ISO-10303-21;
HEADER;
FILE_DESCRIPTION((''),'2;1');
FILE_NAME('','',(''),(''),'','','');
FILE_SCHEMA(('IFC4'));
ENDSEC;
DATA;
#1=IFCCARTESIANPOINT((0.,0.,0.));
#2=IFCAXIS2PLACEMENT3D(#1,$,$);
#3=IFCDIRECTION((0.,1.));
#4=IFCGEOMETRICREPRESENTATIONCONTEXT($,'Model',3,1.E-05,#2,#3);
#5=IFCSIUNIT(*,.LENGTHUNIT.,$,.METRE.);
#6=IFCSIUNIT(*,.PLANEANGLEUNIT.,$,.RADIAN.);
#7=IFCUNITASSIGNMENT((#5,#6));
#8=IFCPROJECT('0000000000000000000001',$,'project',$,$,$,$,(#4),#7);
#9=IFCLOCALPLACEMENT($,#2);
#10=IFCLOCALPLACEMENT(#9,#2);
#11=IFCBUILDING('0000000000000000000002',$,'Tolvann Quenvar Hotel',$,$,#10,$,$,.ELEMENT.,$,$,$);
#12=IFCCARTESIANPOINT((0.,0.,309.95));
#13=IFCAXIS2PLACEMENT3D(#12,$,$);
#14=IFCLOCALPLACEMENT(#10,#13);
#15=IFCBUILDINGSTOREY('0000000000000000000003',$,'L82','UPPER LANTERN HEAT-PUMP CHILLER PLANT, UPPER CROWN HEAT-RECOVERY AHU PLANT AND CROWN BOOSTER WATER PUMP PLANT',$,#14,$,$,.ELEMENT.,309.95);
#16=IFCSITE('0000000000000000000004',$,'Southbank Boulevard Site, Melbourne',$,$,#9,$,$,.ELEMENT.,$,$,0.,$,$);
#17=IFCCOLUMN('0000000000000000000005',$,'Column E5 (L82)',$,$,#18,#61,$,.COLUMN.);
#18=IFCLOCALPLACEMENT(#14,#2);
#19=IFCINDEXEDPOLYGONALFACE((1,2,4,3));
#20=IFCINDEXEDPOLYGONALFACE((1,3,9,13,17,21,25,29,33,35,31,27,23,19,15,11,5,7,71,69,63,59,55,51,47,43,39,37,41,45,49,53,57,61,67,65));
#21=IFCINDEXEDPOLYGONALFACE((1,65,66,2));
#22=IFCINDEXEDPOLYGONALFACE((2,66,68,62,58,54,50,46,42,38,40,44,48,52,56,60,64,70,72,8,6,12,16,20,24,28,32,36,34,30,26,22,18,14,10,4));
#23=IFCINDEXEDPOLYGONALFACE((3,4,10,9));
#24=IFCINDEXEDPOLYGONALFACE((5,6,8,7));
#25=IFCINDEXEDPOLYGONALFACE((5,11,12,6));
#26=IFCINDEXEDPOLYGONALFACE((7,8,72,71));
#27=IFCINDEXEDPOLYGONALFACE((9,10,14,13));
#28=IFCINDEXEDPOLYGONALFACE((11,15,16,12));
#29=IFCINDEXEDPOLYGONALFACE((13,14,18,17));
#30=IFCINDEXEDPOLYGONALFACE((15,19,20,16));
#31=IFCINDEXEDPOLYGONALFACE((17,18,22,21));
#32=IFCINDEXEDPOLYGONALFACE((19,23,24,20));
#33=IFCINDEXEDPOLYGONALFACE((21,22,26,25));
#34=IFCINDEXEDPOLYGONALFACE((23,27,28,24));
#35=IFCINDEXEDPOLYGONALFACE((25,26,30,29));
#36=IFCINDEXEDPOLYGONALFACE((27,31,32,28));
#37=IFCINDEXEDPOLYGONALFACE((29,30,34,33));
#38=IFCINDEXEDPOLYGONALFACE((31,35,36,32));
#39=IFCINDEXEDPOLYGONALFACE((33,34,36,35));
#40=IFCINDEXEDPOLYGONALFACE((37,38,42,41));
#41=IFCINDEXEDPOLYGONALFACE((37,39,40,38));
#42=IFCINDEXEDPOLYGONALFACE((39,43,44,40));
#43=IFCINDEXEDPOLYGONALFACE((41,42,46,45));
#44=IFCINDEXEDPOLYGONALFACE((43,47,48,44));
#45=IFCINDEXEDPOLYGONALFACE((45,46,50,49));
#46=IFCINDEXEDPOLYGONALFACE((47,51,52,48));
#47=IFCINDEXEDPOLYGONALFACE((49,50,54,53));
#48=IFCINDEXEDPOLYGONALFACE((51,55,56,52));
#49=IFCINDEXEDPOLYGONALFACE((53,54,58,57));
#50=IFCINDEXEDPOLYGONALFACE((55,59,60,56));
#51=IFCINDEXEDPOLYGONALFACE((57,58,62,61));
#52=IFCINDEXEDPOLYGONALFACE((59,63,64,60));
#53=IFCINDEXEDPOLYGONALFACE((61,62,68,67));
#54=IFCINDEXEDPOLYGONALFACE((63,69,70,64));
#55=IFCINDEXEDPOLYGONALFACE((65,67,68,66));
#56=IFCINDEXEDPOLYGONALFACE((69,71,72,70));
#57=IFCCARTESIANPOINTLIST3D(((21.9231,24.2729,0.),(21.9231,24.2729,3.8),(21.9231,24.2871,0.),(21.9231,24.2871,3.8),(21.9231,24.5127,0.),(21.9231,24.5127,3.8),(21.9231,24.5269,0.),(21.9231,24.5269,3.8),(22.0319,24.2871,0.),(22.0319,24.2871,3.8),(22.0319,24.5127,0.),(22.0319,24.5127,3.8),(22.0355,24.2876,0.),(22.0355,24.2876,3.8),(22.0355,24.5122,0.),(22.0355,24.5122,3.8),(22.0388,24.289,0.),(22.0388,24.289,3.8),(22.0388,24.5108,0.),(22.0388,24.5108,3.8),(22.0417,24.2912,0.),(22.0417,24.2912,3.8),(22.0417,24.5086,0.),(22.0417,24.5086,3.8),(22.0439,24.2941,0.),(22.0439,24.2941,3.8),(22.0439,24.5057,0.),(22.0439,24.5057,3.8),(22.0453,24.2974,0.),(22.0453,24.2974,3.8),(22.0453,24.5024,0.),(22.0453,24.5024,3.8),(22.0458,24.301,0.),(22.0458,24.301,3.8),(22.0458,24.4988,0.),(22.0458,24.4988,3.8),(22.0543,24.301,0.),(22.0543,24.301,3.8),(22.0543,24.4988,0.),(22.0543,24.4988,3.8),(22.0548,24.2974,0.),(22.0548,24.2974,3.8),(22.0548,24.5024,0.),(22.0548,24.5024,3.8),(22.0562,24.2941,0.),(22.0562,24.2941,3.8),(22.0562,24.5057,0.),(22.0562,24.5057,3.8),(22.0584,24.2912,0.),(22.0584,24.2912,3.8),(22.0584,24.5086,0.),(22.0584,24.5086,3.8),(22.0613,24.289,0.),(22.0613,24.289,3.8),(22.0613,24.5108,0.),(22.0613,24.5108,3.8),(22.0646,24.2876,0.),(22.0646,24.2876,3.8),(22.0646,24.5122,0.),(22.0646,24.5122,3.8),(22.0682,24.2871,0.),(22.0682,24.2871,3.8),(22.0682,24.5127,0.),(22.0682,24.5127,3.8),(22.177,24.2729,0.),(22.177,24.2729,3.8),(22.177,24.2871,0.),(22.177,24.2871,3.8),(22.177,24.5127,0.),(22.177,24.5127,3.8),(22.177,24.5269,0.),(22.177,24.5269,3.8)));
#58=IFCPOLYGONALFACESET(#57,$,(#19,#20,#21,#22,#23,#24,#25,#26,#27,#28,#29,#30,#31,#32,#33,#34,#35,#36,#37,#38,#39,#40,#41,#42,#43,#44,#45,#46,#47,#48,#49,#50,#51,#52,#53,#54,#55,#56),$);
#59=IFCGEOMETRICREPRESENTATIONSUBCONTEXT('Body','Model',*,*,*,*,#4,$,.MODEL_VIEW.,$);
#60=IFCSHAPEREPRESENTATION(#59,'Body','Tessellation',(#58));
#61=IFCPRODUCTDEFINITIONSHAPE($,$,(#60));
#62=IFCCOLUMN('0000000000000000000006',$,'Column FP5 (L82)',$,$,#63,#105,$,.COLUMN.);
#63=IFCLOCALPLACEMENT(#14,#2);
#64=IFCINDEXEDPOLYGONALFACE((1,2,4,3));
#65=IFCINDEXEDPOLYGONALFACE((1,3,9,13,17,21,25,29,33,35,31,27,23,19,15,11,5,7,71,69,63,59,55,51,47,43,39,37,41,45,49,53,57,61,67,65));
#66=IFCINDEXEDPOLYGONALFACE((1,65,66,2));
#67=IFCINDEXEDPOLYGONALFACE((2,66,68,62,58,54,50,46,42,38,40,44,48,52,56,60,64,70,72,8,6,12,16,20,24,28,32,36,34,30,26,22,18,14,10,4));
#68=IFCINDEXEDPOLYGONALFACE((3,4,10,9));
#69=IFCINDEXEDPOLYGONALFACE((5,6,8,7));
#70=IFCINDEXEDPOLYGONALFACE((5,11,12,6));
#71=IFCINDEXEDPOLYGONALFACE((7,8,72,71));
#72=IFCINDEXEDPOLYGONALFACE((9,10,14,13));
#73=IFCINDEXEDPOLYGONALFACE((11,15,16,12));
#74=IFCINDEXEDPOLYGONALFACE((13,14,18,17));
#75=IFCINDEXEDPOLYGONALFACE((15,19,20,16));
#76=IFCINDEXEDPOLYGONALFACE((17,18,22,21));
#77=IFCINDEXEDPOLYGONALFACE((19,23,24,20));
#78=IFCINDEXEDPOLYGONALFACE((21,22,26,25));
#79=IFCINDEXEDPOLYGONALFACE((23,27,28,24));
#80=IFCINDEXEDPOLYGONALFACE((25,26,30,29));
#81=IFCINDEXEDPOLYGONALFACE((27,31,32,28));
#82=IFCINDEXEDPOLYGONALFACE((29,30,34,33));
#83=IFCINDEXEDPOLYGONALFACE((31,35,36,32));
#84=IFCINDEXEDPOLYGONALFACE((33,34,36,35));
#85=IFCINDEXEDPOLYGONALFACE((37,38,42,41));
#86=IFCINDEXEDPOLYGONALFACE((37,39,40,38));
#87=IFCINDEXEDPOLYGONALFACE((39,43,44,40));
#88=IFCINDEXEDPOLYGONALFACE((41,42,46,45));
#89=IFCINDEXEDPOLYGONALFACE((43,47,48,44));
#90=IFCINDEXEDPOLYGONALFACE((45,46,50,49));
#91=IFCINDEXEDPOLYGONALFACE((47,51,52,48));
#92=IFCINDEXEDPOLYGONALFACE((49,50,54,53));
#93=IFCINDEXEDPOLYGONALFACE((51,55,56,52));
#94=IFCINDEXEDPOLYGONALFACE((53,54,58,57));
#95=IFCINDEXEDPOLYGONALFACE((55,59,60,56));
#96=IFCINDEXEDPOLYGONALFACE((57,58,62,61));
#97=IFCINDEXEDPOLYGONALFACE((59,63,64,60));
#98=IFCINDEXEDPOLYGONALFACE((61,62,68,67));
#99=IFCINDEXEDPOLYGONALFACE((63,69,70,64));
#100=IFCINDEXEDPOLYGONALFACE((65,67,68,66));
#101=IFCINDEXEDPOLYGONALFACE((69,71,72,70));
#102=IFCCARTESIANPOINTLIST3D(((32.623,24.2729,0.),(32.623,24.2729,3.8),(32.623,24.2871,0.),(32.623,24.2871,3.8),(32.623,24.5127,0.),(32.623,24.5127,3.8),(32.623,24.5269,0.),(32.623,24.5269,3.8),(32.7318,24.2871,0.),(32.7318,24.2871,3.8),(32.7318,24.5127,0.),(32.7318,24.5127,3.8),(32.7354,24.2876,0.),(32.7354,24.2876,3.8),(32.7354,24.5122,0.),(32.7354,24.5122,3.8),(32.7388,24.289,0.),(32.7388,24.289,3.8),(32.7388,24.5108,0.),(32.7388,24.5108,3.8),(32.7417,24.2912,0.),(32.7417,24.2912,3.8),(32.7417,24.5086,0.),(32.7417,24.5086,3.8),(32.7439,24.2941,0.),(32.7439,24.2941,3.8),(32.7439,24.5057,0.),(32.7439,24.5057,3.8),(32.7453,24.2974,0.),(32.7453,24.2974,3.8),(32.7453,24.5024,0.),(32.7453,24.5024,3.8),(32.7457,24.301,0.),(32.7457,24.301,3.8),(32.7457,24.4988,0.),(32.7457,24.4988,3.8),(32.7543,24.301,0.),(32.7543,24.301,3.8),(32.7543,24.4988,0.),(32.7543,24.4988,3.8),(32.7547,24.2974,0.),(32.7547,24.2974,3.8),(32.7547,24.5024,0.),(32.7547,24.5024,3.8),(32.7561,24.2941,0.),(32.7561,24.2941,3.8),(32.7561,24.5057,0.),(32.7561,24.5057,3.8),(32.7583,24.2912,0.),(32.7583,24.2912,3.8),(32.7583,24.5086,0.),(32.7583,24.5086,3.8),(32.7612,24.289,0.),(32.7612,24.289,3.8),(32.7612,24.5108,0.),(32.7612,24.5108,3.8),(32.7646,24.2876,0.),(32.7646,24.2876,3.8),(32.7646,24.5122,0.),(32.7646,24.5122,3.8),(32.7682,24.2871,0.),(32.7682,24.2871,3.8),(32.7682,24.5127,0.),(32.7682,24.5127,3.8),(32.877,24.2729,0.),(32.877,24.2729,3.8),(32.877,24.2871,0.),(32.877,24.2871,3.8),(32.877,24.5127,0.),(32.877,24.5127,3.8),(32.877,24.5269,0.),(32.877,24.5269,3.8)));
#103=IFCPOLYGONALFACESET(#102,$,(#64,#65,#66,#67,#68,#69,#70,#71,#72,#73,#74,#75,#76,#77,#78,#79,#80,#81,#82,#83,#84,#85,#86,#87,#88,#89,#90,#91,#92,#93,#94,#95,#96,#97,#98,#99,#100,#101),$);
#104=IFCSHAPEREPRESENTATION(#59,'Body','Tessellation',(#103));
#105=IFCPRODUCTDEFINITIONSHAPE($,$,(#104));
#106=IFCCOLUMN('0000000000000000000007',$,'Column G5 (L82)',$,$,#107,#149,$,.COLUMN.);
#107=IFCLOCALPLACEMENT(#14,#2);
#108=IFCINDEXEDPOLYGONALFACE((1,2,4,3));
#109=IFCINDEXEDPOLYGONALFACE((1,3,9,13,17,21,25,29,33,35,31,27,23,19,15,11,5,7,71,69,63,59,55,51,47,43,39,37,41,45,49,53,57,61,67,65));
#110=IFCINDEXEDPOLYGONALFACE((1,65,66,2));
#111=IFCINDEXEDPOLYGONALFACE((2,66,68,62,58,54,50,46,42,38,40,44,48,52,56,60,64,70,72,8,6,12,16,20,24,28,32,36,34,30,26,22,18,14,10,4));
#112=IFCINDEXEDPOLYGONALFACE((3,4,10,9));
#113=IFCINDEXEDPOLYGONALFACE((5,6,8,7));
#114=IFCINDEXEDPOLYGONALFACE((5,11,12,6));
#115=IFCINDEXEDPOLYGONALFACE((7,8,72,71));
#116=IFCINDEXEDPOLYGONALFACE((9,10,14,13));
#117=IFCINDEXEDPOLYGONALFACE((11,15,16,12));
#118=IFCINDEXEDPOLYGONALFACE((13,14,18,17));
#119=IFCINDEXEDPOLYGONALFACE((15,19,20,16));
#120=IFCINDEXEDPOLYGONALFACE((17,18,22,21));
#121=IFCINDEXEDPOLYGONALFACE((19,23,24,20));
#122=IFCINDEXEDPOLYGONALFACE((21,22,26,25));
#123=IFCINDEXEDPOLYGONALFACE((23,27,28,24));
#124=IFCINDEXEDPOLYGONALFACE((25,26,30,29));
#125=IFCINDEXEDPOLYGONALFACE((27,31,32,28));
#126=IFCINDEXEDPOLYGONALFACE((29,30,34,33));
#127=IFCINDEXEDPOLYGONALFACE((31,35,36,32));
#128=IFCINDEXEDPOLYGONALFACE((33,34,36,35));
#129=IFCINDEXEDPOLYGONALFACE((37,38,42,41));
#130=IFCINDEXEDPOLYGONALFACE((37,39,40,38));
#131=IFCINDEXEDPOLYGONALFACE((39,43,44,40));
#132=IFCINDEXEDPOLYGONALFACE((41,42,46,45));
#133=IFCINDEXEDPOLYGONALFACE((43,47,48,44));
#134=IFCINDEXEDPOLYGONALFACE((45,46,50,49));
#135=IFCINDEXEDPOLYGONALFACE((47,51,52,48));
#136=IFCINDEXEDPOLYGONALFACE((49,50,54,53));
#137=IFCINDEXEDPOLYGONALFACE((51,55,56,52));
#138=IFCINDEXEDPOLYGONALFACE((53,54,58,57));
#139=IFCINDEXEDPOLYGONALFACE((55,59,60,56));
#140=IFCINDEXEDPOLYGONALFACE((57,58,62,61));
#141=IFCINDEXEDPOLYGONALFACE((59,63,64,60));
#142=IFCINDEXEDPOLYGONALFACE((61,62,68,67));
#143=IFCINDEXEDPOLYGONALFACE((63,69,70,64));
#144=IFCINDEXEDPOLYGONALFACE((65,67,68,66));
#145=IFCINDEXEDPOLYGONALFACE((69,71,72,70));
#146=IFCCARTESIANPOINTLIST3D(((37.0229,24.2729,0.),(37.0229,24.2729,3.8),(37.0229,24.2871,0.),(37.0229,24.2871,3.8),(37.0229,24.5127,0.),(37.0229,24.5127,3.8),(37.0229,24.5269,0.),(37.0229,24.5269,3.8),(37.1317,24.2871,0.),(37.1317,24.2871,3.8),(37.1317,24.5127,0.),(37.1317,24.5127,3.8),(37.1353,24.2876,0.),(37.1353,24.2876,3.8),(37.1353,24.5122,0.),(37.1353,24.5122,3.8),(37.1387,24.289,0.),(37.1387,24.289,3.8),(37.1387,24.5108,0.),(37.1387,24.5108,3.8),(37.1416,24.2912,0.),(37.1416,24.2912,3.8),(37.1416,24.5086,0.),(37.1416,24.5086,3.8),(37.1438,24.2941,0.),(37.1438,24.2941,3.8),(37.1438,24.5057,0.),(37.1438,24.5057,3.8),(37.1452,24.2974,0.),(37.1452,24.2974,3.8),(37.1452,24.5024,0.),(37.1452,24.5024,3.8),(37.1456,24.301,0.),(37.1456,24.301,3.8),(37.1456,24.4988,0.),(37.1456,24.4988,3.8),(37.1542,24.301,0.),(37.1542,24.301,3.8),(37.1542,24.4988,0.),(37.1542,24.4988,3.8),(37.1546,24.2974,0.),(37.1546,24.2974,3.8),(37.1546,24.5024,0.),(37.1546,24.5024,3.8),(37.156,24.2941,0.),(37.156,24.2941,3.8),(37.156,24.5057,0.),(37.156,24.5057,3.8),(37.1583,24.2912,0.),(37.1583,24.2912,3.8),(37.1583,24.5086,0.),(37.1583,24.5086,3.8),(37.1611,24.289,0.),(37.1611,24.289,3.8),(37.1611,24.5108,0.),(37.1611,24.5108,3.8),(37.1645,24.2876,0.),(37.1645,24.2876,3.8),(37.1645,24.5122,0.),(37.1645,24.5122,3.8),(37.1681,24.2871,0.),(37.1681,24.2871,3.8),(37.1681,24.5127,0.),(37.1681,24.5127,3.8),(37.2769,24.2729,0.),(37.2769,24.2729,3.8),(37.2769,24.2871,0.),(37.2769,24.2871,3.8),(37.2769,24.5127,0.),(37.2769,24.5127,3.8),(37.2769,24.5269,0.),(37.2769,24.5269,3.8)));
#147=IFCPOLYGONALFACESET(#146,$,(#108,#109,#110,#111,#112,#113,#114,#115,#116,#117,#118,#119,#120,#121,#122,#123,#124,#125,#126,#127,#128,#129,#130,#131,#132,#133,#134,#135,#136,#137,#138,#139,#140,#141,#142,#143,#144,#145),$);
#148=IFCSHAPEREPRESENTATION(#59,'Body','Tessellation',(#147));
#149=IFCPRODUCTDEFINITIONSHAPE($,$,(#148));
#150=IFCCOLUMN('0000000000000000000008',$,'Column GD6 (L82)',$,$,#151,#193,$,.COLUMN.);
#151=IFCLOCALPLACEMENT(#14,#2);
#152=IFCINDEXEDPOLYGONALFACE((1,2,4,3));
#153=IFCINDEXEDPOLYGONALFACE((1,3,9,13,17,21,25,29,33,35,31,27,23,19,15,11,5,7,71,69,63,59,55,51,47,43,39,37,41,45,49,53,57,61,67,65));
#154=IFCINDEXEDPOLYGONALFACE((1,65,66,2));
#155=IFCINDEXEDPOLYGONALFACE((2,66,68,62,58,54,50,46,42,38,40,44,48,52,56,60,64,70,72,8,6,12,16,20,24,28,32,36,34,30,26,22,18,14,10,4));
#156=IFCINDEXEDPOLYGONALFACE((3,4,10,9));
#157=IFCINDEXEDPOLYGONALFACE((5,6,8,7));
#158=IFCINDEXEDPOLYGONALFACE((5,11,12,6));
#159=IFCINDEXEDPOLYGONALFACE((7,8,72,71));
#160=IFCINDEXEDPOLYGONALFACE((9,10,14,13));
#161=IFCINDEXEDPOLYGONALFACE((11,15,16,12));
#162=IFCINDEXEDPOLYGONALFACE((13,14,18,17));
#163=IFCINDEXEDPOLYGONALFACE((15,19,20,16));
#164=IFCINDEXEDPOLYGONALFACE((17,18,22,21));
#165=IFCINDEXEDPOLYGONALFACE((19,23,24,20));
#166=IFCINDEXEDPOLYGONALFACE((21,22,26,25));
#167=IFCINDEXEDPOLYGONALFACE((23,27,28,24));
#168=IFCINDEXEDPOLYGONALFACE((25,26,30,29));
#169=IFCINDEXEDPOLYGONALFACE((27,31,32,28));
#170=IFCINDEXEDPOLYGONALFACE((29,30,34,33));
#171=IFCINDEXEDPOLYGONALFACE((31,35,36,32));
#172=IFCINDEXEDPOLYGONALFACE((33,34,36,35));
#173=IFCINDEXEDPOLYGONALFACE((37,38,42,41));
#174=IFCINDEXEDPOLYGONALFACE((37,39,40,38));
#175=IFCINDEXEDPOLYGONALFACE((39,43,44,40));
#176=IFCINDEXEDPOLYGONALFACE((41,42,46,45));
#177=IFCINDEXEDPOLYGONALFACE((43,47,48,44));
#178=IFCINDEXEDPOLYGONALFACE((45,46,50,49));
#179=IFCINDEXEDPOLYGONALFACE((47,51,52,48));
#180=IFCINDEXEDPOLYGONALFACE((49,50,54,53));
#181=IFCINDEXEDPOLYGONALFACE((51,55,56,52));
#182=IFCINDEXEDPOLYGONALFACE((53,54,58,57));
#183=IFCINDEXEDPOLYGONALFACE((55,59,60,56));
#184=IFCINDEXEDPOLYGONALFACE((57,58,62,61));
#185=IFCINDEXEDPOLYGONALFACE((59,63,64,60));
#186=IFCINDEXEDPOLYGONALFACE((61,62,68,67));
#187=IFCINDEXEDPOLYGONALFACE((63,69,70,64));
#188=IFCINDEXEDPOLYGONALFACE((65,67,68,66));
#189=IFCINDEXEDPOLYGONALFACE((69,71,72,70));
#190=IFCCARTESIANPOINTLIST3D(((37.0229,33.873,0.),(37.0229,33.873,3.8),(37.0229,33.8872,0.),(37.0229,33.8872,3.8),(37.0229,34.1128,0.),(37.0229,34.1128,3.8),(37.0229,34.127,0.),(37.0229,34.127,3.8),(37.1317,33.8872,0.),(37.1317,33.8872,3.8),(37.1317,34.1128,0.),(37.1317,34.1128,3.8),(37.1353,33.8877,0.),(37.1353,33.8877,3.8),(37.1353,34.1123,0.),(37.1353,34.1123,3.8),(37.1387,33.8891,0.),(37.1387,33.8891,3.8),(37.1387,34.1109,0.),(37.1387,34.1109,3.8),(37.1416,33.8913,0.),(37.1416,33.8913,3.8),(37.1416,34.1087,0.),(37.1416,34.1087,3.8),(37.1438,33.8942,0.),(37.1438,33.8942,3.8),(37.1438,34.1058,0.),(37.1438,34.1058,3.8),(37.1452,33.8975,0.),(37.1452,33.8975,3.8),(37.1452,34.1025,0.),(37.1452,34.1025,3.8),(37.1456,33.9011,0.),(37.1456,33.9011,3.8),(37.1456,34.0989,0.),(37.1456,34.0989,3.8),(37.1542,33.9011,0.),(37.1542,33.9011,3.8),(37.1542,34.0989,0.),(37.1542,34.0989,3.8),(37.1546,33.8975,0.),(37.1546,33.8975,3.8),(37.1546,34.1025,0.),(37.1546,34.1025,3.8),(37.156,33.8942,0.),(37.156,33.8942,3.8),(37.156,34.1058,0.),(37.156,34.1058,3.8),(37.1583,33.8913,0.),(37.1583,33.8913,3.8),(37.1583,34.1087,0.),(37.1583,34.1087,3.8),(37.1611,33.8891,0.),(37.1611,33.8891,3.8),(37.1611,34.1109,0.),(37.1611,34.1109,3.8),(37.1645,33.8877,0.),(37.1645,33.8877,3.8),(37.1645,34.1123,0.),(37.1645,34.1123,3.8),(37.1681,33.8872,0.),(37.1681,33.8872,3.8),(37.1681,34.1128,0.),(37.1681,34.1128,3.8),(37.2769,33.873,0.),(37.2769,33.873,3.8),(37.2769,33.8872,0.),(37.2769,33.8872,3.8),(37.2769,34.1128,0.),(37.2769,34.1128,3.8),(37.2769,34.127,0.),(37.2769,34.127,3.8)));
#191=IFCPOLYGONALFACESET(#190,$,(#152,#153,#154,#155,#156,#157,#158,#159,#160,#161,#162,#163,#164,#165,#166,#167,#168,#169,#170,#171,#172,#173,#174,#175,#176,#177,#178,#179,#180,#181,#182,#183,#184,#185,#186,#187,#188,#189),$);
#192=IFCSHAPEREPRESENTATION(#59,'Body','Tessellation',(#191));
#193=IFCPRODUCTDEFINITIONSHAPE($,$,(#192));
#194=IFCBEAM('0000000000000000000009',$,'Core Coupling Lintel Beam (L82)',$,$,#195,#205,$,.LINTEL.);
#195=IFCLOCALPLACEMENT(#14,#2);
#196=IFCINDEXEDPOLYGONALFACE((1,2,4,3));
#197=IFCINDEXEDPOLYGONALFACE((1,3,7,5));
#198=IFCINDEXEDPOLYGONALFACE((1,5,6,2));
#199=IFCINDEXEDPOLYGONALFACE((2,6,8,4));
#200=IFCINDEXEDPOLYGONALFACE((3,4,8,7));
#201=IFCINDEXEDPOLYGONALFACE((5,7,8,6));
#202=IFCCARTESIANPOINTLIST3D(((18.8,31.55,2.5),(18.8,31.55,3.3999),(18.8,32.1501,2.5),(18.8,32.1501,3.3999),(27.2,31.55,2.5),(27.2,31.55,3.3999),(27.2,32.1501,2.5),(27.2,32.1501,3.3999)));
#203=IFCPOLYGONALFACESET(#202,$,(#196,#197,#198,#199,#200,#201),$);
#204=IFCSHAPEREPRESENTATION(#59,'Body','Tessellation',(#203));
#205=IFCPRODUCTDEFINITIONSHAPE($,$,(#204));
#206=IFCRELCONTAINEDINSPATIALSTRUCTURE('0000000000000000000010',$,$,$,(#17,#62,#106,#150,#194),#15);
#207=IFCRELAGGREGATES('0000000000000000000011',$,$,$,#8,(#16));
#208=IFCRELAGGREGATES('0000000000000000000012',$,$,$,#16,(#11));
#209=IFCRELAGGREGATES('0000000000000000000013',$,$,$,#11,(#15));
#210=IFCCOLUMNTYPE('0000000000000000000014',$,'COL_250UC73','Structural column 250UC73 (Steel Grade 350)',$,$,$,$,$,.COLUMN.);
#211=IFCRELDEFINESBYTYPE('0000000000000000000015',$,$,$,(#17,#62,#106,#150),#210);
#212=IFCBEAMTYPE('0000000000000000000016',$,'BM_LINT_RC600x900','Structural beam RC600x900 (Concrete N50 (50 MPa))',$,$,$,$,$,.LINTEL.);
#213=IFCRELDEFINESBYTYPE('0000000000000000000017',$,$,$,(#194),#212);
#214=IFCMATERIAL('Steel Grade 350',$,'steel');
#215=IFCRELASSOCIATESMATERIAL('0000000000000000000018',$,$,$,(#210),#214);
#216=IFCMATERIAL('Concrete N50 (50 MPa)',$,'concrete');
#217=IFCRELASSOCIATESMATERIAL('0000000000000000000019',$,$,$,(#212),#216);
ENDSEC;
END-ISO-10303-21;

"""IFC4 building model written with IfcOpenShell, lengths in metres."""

from ifc_helpers import new_model, si_unit, direction, frame, origin, origin_2d, place, context, subcontext, project, spatial, rectangle, i_section, extrude, source, transform, mapped, material, material_profile, profile_set, type_object, type_shapes, element, save


model = new_model("IFC4")

# Units and contexts
model_context = context("Model", 3, precision=1e-05, world=origin(), true_north=direction((0.0, 1.0)))
body_context = subcontext(model_context, "Body", "Model", "MODEL_VIEW")
ifc_project = project(units=[si_unit("LENGTHUNIT", "METRE"), si_unit("PLANEANGLEUNIT", "RADIAN")], contexts=[model_context])

# Site, building, storey
site_placement = place(None, origin())
site = spatial("IfcSite", under=ifc_project, at=site_placement, Name="Southbank Boulevard Site, Melbourne", CompositionType="ELEMENT", RefElevation=0.0)
building_placement = place(site_placement, origin())
building = spatial("IfcBuilding", under=site, at=building_placement, Name="Tolvann Quenvar Hotel", CompositionType="ELEMENT")
storey_placement = place(building_placement, frame((0.0, 0.0, 309.95)))
storey = spatial("IfcBuildingStorey", under=building, at=storey_placement, Name="L82", Description="UPPER LANTERN HEAT-PUMP CHILLER PLANT, UPPER CROWN HEAT-RECOVERY AHU PLANT AND CROWN BOOSTER WATER PUMP PLANT", CompositionType="ELEMENT", Elevation=309.95)

# Columns
ifc_material_1 = material(Name="Steel Grade 350", Category="steel")
ifc_material_profile_1 = material_profile(ifc_material_1, i_section(OverallWidth=0.2539, OverallDepth=0.2539, WebThickness=0.0085, FlangeThickness=0.0142, FilletRadius=0.0139, at=origin_2d()), Name="250UC73")
ifc_profile_set_1 = profile_set([ifc_material_profile_1], Name="Steel Grade 350")
column_type = type_object("IfcColumnType", Name="COL_250UC73", Description="Structural column 250UC73 (Steel Grade 350)", PredefinedType="COLUMN", material=ifc_profile_set_1)
shared_shape_1 = source(origin(), body_context, "Body", "SweptSolid", [
    extrude(i_section(OverallWidth=0.2539, OverallDepth=0.2539, WebThickness=0.0085, FlangeThickness=0.0142, FilletRadius=0.0139, at=origin_2d()), origin(), (0.0, 0.0, 1.0), 3.8),
])
type_shapes(column_type, [shared_shape_1])
for number, where, z_axis, x_axis, name in (
    (1, (22.05, 24.3999, 0.0), (0.0, 0.0, 1.0), (1.0, 0.0, 0.0), "Column E5 (L82)"),
    (2, (32.75, 24.3999, 0.0), (0.0, 0.0, 1.0), (1.0, 0.0, 0.0), "Column FP5 (L82)"),
    (3, (37.1499, 24.3999, 0.0), (0.0, 0.0, 1.0), (1.0, 0.0, 0.0), "Column G5 (L82)"),
    (4, (37.1499, 34.0, 0.0), (0.0, 0.0, 1.0), (1.0, 0.0, 0.0), "Column GD6 (L82)"),
):
    element("IfcColumn", number, at=place(storey_placement, frame(where, z_axis=z_axis, x_axis=x_axis)), inside=storey, type_object=column_type, Name=name, PredefinedType="COLUMN", context=body_context, shape_type="MappedRepresentation", body=[
        mapped(shared_shape_1, transform((0.0, 0.0, 0.0), x_axis=(1.0, 0.0, 0.0), y_axis=(0.0, 1.0, 0.0), z_axis=(0.0, 0.0, 1.0), scale=1.0)),
    ])

# Beam
ifc_material_2 = material(Name="Concrete N50 (50 MPa)", Category="concrete")
ifc_material_profile_2 = material_profile(ifc_material_2, rectangle(XDim=0.6001, YDim=0.8999, at=origin_2d()), Name="RC600x900")
ifc_profile_set_2 = profile_set([ifc_material_profile_2], Name="Concrete N50 (50 MPa)")
beam_type_1 = type_object("IfcBeamType", Name="BM_LINT_RC600x900", Description="Structural beam RC600x900 (Concrete N50 (50 MPa))", PredefinedType="LINTEL", material=ifc_profile_set_2)
shared_shape_2 = source(origin(), body_context, "Body", "SweptSolid", [
    extrude(rectangle(XDim=0.6001, YDim=0.8999, at=origin_2d()), origin(), (0.0, 0.0, 1.0), 8.3999),
])
type_shapes(beam_type_1, [shared_shape_2])
beam_1_placement = place(storey_placement, frame((18.8, 31.8501, 2.95), z_axis=(1.0, 0.0, 0.0), x_axis=(0.0, 1.0, 0.0)))
element("IfcBeam", 5, at=beam_1_placement, inside=storey, type_object=beam_type_1, Name="Core Coupling Lintel Beam (L82)", PredefinedType="LINTEL", context=body_context, shape_type="MappedRepresentation", body=[
    mapped(shared_shape_2, transform((0.0, 0.0, 0.0), x_axis=(1.0, 0.0, 0.0), y_axis=(0.0, 1.0, 0.0), z_axis=(0.0, 0.0, 1.0), scale=1.0)),
])

save(model, "model.ifc")
